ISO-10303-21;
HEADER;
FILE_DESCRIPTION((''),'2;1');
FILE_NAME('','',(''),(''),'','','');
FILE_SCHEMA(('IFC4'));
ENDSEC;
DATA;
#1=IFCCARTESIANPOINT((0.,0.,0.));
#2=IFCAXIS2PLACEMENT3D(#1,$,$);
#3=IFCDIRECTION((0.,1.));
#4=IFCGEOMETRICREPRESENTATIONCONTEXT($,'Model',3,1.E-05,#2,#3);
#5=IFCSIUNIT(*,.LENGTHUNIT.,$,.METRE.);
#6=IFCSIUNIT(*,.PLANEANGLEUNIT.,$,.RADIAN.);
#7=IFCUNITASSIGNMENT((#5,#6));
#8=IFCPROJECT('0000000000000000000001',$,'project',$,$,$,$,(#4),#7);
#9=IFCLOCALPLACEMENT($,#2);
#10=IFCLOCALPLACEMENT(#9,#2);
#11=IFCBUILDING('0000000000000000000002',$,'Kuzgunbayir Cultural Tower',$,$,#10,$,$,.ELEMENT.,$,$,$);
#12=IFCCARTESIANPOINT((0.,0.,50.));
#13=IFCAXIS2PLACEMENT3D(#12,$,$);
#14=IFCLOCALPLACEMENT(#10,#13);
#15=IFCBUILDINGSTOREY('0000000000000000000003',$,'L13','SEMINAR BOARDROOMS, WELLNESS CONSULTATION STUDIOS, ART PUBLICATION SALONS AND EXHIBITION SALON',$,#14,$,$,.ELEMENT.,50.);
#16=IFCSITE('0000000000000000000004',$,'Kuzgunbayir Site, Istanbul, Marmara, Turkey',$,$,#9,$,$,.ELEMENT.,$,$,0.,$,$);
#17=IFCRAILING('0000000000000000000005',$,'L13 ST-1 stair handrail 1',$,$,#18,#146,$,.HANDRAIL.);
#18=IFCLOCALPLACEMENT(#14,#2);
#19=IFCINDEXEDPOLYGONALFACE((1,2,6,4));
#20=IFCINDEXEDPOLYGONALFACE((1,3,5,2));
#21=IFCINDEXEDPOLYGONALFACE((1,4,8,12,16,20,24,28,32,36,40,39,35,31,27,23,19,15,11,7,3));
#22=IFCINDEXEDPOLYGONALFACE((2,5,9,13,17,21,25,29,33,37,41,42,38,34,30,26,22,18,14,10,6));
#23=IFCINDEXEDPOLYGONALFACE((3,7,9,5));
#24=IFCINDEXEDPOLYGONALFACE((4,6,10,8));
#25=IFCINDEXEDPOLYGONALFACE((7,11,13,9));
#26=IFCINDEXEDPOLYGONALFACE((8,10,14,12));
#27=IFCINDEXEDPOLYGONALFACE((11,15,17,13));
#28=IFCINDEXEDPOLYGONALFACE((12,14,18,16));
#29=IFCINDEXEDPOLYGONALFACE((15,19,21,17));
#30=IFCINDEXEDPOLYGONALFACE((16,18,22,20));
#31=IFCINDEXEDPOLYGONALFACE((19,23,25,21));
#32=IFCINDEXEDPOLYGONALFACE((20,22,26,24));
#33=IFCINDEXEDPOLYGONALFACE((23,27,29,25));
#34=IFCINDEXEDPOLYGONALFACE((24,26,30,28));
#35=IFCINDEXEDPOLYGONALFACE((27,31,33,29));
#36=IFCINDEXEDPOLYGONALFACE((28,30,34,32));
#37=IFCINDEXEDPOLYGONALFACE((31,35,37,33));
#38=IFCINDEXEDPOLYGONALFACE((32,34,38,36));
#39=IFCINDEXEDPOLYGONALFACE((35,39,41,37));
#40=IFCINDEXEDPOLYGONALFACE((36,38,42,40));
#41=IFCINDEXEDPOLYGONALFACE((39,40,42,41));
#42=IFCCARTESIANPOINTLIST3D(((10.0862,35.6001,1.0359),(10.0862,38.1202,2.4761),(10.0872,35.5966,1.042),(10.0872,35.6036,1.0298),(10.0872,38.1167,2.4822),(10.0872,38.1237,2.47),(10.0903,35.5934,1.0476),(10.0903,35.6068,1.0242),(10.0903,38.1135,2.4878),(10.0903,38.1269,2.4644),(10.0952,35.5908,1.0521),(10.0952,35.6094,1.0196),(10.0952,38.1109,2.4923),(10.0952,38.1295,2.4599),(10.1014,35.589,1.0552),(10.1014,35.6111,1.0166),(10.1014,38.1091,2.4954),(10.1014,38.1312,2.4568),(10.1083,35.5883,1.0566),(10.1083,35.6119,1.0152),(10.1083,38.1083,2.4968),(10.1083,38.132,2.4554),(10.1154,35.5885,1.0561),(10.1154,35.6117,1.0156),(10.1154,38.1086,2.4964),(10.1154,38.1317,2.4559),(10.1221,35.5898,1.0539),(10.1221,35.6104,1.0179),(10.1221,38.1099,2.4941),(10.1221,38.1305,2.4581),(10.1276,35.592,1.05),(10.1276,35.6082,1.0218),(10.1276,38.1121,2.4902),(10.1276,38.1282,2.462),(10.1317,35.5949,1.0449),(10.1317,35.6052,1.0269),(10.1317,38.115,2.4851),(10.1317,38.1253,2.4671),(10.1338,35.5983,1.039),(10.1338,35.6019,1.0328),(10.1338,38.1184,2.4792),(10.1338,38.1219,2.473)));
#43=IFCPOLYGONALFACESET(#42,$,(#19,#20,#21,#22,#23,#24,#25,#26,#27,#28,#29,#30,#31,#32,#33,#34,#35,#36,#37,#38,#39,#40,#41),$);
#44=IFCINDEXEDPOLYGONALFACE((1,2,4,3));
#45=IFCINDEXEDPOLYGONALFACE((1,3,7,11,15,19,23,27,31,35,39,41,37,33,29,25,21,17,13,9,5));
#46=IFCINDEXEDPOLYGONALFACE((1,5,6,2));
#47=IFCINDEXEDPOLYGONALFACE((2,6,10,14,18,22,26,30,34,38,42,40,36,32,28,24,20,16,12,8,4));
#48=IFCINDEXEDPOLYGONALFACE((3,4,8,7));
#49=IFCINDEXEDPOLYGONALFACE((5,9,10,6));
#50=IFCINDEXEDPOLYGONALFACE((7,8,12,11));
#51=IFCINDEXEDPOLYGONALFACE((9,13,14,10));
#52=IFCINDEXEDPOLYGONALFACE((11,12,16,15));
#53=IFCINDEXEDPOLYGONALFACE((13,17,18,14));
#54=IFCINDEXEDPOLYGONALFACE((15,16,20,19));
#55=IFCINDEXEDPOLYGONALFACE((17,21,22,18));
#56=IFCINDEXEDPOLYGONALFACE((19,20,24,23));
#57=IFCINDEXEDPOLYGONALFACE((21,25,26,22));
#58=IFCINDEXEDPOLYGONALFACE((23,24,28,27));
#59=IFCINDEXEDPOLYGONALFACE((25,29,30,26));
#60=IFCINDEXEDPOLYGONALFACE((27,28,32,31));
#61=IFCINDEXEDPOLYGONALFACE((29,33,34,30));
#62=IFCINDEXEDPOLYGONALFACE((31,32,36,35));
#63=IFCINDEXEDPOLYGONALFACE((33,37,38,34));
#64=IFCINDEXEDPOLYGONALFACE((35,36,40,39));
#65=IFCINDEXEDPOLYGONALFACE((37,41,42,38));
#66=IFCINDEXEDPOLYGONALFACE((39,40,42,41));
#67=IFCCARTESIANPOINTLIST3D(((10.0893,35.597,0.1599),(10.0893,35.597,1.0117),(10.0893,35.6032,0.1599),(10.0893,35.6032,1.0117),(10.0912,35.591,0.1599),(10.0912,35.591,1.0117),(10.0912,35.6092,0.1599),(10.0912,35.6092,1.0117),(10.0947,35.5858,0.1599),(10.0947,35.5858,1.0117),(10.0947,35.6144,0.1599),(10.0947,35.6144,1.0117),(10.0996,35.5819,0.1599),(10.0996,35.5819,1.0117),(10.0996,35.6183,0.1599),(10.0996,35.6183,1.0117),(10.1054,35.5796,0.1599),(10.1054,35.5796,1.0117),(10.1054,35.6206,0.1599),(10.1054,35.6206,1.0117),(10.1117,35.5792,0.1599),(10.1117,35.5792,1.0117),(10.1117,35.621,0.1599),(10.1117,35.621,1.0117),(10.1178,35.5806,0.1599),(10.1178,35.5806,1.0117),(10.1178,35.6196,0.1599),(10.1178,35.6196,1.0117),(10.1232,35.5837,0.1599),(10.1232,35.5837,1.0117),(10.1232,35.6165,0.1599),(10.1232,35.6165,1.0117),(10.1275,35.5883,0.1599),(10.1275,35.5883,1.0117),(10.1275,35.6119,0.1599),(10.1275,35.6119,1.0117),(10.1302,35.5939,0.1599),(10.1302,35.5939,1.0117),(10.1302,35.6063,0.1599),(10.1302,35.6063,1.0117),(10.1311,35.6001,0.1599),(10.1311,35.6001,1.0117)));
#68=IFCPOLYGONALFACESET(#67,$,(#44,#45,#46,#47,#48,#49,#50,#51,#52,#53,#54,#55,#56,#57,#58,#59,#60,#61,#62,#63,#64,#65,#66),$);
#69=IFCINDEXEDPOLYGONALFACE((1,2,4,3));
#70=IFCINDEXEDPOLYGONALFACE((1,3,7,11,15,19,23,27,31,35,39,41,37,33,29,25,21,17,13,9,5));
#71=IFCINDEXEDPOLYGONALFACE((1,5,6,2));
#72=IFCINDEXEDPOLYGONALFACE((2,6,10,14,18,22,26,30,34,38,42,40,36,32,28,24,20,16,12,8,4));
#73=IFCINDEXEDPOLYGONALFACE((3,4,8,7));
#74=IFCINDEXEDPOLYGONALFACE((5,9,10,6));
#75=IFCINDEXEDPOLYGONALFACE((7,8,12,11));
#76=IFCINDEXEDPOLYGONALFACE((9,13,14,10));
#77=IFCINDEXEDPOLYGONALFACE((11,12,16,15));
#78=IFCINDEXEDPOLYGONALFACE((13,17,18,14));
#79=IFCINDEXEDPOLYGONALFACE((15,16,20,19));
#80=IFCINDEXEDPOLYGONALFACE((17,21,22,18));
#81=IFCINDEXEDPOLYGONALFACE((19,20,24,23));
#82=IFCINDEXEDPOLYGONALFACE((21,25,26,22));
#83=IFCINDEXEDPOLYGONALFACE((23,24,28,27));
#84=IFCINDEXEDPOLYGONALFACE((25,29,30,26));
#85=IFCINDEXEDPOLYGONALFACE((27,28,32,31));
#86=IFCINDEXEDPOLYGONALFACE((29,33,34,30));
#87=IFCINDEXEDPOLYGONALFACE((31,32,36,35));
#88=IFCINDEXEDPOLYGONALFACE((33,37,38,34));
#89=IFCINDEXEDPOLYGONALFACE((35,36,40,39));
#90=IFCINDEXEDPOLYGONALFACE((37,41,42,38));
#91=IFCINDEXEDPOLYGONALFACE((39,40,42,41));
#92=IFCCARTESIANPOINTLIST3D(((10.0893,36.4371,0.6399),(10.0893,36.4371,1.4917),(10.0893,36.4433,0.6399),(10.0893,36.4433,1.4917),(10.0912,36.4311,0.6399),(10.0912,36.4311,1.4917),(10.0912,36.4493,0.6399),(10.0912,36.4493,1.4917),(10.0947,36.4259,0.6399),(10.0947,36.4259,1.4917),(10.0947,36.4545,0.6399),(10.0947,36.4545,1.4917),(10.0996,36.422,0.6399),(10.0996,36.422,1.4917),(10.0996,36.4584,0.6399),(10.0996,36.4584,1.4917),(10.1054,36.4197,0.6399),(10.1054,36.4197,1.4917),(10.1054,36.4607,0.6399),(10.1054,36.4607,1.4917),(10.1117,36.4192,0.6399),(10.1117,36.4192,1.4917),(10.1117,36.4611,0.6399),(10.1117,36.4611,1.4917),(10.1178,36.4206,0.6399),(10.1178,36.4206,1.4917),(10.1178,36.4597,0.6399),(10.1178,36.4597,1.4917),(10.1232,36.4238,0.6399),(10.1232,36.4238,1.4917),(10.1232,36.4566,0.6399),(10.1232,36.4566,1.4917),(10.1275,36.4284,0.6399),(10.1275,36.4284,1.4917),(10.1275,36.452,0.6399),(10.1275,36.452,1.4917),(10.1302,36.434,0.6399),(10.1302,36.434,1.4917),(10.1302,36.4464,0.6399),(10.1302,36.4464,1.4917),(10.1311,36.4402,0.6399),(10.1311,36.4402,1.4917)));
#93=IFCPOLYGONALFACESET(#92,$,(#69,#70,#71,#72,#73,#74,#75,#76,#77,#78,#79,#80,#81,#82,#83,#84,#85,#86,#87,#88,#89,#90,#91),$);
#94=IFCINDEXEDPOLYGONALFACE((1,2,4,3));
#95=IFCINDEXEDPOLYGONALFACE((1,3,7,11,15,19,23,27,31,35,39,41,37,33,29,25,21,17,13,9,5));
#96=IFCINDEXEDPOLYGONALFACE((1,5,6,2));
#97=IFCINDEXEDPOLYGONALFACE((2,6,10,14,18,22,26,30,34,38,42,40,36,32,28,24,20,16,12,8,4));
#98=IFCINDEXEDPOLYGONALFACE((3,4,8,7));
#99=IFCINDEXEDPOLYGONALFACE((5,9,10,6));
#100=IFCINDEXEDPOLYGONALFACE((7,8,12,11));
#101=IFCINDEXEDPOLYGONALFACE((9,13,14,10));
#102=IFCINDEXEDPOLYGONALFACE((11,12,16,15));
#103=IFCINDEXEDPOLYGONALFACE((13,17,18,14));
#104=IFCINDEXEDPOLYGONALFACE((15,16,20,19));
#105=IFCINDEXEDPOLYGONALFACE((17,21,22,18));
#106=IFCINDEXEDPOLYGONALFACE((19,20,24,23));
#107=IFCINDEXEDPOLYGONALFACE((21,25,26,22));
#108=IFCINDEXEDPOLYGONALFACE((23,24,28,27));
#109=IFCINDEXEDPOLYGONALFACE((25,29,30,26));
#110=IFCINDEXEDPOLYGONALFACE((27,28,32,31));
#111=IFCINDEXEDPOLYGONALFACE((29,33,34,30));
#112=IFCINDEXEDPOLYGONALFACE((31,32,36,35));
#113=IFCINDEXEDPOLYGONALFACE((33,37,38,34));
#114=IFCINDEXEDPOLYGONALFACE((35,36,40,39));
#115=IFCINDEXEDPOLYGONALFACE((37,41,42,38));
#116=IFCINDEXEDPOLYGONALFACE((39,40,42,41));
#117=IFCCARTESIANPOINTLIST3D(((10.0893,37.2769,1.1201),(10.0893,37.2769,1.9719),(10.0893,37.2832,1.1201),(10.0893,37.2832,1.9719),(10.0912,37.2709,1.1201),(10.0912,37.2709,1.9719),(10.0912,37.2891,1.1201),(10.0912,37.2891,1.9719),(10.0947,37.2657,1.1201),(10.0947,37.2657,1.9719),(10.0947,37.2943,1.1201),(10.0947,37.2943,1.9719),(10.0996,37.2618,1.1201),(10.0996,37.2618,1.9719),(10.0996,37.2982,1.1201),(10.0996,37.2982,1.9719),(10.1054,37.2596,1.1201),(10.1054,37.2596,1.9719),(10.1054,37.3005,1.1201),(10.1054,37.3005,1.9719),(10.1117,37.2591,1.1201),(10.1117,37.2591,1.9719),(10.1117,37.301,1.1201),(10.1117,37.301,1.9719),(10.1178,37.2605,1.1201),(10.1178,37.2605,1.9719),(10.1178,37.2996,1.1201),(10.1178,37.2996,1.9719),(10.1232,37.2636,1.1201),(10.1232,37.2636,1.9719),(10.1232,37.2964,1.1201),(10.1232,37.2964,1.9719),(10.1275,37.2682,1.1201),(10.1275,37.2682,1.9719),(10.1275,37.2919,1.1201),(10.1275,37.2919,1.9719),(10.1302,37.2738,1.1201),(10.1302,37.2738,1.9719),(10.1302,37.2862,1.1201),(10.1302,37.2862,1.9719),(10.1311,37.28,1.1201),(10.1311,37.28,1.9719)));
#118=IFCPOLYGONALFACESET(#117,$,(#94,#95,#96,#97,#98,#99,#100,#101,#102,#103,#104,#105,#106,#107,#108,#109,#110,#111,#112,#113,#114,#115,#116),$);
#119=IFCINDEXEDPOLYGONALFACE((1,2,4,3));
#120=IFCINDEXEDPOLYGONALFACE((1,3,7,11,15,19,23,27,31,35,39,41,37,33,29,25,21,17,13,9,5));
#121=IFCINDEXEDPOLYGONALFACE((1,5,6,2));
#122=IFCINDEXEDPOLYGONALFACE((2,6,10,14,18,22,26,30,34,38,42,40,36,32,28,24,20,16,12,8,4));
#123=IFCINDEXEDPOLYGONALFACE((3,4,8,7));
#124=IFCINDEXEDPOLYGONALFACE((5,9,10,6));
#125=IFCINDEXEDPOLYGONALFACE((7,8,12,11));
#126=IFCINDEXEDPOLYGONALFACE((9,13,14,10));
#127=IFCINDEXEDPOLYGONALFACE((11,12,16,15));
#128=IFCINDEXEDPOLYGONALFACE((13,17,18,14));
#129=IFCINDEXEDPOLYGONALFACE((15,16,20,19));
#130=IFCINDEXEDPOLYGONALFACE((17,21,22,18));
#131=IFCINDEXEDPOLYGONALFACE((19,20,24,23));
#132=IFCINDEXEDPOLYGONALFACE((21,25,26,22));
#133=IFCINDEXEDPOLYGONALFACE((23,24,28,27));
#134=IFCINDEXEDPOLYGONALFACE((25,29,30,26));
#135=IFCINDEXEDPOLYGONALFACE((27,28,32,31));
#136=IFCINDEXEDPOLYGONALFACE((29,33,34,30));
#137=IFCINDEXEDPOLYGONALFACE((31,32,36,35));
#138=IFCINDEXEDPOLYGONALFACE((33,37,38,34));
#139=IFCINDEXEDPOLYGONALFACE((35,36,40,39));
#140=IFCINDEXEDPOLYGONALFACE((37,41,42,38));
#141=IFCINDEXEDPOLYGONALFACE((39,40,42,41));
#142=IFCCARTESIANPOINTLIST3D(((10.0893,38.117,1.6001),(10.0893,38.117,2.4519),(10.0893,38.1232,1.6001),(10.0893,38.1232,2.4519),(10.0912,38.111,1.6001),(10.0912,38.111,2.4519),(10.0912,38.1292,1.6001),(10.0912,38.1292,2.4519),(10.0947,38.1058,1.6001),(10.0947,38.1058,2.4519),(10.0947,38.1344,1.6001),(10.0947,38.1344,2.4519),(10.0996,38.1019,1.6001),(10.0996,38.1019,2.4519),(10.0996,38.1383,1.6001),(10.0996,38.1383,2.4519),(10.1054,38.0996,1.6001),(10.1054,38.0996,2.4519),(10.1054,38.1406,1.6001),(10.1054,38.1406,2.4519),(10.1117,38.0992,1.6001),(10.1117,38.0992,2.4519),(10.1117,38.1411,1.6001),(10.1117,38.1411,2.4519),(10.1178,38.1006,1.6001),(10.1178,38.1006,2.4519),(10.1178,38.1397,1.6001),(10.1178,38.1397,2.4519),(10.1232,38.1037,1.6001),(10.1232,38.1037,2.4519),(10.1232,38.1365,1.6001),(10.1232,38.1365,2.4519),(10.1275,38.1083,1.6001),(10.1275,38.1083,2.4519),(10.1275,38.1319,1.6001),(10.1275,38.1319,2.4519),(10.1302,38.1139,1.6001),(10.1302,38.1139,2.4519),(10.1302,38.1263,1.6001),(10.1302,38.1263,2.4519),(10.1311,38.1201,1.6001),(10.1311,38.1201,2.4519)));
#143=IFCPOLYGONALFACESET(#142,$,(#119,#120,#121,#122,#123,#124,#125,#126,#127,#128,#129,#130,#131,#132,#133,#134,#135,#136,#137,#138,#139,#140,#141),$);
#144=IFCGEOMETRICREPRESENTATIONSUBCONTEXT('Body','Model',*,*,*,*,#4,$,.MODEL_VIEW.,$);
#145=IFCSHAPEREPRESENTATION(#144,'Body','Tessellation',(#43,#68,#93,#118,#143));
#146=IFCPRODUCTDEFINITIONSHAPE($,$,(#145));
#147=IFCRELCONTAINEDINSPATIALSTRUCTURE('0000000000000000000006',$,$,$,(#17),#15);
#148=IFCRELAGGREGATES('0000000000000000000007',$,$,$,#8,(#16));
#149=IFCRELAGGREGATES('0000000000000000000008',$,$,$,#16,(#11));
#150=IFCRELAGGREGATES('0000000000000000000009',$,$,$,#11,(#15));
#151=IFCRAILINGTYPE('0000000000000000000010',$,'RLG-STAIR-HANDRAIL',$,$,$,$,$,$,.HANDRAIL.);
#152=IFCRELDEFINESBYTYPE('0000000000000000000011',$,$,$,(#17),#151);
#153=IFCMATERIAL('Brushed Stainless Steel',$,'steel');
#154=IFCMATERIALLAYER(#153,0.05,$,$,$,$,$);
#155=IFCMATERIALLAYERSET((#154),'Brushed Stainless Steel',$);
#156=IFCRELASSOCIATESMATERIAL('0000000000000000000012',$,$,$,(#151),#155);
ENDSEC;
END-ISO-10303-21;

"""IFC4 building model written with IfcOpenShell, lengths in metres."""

from ifc_helpers import new_model, si_unit, direction, frame, origin, origin_2d, place, context, subcontext, project, spatial, circle, extrude, material, layer, layer_set, type_object, element, save


model = new_model("IFC4")

# Units and contexts
model_context = context("Model", 3, precision=1e-05, world=origin(), true_north=direction((0.0, 1.0)))
body_context = subcontext(model_context, "Body", "Model", "MODEL_VIEW")
ifc_project = project(units=[si_unit("LENGTHUNIT", "METRE"), si_unit("PLANEANGLEUNIT", "RADIAN")], contexts=[model_context])

# Site, building, storey
site_placement = place(None, origin())
site = spatial("IfcSite", under=ifc_project, at=site_placement, Name="Kuzgunbayir Site, Istanbul, Marmara, Turkey", CompositionType="ELEMENT", RefElevation=0.0)
building_placement = place(site_placement, origin())
building = spatial("IfcBuilding", under=site, at=building_placement, Name="Kuzgunbayir Cultural Tower", CompositionType="ELEMENT")
storey_placement = place(building_placement, frame((0.0, 0.0, 50.0)))
storey = spatial("IfcBuildingStorey", under=building, at=storey_placement, Name="L13", Description="SEMINAR BOARDROOMS, WELLNESS CONSULTATION STUDIOS, ART PUBLICATION SALONS AND EXHIBITION SALON", CompositionType="ELEMENT", Elevation=50.0)

# Shared definitions
ifc_material_1 = material(Name="Brushed Stainless Steel", Category="steel")

# Railing
ifc_layer_1 = layer(ifc_material_1, 0.05)
ifc_layer_set_1 = layer_set([ifc_layer_1], Name="Brushed Stainless Steel")
railing_type_1 = type_object("IfcRailingType", Name="RLG-STAIR-HANDRAIL", PredefinedType="HANDRAIL", material=ifc_layer_set_1)
railing_1_placement = place(storey_placement, frame((10.1101, 35.6001, 0.1599)))
element("IfcRailing", 1, at=railing_1_placement, inside=storey, type_object=railing_type_1, Name="L13 ST-1 stair handrail 1", PredefinedType="HANDRAIL", context=body_context, shape_type="SweptSolid", body=[
    extrude(circle(Radius=0.0239, at=origin_2d()), frame((0.0, 0.0, 0.876), z_axis=(0.0, 0.868217, 0.496184), x_axis=(-1.0, 0.0, 0.0)), (0.0, 0.0, 1.0), 2.9026),
    extrude(circle(Radius=0.021, at=origin_2d()), origin(), (0.0, 0.0, 1.0), 0.8518),
    extrude(circle(Radius=0.021, at=origin_2d()), frame((0.0, 0.8401, 0.48)), (0.0, 0.0, 1.0), 0.8518),
    extrude(circle(Radius=0.021, at=origin_2d()), frame((0.0, 1.6799, 0.9602)), (0.0, 0.0, 1.0), 0.8518),
    extrude(circle(Radius=0.021, at=origin_2d()), frame((0.0, 2.52, 1.4402)), (0.0, 0.0, 1.0), 0.8518),
])

save(model, "model.ifc")
